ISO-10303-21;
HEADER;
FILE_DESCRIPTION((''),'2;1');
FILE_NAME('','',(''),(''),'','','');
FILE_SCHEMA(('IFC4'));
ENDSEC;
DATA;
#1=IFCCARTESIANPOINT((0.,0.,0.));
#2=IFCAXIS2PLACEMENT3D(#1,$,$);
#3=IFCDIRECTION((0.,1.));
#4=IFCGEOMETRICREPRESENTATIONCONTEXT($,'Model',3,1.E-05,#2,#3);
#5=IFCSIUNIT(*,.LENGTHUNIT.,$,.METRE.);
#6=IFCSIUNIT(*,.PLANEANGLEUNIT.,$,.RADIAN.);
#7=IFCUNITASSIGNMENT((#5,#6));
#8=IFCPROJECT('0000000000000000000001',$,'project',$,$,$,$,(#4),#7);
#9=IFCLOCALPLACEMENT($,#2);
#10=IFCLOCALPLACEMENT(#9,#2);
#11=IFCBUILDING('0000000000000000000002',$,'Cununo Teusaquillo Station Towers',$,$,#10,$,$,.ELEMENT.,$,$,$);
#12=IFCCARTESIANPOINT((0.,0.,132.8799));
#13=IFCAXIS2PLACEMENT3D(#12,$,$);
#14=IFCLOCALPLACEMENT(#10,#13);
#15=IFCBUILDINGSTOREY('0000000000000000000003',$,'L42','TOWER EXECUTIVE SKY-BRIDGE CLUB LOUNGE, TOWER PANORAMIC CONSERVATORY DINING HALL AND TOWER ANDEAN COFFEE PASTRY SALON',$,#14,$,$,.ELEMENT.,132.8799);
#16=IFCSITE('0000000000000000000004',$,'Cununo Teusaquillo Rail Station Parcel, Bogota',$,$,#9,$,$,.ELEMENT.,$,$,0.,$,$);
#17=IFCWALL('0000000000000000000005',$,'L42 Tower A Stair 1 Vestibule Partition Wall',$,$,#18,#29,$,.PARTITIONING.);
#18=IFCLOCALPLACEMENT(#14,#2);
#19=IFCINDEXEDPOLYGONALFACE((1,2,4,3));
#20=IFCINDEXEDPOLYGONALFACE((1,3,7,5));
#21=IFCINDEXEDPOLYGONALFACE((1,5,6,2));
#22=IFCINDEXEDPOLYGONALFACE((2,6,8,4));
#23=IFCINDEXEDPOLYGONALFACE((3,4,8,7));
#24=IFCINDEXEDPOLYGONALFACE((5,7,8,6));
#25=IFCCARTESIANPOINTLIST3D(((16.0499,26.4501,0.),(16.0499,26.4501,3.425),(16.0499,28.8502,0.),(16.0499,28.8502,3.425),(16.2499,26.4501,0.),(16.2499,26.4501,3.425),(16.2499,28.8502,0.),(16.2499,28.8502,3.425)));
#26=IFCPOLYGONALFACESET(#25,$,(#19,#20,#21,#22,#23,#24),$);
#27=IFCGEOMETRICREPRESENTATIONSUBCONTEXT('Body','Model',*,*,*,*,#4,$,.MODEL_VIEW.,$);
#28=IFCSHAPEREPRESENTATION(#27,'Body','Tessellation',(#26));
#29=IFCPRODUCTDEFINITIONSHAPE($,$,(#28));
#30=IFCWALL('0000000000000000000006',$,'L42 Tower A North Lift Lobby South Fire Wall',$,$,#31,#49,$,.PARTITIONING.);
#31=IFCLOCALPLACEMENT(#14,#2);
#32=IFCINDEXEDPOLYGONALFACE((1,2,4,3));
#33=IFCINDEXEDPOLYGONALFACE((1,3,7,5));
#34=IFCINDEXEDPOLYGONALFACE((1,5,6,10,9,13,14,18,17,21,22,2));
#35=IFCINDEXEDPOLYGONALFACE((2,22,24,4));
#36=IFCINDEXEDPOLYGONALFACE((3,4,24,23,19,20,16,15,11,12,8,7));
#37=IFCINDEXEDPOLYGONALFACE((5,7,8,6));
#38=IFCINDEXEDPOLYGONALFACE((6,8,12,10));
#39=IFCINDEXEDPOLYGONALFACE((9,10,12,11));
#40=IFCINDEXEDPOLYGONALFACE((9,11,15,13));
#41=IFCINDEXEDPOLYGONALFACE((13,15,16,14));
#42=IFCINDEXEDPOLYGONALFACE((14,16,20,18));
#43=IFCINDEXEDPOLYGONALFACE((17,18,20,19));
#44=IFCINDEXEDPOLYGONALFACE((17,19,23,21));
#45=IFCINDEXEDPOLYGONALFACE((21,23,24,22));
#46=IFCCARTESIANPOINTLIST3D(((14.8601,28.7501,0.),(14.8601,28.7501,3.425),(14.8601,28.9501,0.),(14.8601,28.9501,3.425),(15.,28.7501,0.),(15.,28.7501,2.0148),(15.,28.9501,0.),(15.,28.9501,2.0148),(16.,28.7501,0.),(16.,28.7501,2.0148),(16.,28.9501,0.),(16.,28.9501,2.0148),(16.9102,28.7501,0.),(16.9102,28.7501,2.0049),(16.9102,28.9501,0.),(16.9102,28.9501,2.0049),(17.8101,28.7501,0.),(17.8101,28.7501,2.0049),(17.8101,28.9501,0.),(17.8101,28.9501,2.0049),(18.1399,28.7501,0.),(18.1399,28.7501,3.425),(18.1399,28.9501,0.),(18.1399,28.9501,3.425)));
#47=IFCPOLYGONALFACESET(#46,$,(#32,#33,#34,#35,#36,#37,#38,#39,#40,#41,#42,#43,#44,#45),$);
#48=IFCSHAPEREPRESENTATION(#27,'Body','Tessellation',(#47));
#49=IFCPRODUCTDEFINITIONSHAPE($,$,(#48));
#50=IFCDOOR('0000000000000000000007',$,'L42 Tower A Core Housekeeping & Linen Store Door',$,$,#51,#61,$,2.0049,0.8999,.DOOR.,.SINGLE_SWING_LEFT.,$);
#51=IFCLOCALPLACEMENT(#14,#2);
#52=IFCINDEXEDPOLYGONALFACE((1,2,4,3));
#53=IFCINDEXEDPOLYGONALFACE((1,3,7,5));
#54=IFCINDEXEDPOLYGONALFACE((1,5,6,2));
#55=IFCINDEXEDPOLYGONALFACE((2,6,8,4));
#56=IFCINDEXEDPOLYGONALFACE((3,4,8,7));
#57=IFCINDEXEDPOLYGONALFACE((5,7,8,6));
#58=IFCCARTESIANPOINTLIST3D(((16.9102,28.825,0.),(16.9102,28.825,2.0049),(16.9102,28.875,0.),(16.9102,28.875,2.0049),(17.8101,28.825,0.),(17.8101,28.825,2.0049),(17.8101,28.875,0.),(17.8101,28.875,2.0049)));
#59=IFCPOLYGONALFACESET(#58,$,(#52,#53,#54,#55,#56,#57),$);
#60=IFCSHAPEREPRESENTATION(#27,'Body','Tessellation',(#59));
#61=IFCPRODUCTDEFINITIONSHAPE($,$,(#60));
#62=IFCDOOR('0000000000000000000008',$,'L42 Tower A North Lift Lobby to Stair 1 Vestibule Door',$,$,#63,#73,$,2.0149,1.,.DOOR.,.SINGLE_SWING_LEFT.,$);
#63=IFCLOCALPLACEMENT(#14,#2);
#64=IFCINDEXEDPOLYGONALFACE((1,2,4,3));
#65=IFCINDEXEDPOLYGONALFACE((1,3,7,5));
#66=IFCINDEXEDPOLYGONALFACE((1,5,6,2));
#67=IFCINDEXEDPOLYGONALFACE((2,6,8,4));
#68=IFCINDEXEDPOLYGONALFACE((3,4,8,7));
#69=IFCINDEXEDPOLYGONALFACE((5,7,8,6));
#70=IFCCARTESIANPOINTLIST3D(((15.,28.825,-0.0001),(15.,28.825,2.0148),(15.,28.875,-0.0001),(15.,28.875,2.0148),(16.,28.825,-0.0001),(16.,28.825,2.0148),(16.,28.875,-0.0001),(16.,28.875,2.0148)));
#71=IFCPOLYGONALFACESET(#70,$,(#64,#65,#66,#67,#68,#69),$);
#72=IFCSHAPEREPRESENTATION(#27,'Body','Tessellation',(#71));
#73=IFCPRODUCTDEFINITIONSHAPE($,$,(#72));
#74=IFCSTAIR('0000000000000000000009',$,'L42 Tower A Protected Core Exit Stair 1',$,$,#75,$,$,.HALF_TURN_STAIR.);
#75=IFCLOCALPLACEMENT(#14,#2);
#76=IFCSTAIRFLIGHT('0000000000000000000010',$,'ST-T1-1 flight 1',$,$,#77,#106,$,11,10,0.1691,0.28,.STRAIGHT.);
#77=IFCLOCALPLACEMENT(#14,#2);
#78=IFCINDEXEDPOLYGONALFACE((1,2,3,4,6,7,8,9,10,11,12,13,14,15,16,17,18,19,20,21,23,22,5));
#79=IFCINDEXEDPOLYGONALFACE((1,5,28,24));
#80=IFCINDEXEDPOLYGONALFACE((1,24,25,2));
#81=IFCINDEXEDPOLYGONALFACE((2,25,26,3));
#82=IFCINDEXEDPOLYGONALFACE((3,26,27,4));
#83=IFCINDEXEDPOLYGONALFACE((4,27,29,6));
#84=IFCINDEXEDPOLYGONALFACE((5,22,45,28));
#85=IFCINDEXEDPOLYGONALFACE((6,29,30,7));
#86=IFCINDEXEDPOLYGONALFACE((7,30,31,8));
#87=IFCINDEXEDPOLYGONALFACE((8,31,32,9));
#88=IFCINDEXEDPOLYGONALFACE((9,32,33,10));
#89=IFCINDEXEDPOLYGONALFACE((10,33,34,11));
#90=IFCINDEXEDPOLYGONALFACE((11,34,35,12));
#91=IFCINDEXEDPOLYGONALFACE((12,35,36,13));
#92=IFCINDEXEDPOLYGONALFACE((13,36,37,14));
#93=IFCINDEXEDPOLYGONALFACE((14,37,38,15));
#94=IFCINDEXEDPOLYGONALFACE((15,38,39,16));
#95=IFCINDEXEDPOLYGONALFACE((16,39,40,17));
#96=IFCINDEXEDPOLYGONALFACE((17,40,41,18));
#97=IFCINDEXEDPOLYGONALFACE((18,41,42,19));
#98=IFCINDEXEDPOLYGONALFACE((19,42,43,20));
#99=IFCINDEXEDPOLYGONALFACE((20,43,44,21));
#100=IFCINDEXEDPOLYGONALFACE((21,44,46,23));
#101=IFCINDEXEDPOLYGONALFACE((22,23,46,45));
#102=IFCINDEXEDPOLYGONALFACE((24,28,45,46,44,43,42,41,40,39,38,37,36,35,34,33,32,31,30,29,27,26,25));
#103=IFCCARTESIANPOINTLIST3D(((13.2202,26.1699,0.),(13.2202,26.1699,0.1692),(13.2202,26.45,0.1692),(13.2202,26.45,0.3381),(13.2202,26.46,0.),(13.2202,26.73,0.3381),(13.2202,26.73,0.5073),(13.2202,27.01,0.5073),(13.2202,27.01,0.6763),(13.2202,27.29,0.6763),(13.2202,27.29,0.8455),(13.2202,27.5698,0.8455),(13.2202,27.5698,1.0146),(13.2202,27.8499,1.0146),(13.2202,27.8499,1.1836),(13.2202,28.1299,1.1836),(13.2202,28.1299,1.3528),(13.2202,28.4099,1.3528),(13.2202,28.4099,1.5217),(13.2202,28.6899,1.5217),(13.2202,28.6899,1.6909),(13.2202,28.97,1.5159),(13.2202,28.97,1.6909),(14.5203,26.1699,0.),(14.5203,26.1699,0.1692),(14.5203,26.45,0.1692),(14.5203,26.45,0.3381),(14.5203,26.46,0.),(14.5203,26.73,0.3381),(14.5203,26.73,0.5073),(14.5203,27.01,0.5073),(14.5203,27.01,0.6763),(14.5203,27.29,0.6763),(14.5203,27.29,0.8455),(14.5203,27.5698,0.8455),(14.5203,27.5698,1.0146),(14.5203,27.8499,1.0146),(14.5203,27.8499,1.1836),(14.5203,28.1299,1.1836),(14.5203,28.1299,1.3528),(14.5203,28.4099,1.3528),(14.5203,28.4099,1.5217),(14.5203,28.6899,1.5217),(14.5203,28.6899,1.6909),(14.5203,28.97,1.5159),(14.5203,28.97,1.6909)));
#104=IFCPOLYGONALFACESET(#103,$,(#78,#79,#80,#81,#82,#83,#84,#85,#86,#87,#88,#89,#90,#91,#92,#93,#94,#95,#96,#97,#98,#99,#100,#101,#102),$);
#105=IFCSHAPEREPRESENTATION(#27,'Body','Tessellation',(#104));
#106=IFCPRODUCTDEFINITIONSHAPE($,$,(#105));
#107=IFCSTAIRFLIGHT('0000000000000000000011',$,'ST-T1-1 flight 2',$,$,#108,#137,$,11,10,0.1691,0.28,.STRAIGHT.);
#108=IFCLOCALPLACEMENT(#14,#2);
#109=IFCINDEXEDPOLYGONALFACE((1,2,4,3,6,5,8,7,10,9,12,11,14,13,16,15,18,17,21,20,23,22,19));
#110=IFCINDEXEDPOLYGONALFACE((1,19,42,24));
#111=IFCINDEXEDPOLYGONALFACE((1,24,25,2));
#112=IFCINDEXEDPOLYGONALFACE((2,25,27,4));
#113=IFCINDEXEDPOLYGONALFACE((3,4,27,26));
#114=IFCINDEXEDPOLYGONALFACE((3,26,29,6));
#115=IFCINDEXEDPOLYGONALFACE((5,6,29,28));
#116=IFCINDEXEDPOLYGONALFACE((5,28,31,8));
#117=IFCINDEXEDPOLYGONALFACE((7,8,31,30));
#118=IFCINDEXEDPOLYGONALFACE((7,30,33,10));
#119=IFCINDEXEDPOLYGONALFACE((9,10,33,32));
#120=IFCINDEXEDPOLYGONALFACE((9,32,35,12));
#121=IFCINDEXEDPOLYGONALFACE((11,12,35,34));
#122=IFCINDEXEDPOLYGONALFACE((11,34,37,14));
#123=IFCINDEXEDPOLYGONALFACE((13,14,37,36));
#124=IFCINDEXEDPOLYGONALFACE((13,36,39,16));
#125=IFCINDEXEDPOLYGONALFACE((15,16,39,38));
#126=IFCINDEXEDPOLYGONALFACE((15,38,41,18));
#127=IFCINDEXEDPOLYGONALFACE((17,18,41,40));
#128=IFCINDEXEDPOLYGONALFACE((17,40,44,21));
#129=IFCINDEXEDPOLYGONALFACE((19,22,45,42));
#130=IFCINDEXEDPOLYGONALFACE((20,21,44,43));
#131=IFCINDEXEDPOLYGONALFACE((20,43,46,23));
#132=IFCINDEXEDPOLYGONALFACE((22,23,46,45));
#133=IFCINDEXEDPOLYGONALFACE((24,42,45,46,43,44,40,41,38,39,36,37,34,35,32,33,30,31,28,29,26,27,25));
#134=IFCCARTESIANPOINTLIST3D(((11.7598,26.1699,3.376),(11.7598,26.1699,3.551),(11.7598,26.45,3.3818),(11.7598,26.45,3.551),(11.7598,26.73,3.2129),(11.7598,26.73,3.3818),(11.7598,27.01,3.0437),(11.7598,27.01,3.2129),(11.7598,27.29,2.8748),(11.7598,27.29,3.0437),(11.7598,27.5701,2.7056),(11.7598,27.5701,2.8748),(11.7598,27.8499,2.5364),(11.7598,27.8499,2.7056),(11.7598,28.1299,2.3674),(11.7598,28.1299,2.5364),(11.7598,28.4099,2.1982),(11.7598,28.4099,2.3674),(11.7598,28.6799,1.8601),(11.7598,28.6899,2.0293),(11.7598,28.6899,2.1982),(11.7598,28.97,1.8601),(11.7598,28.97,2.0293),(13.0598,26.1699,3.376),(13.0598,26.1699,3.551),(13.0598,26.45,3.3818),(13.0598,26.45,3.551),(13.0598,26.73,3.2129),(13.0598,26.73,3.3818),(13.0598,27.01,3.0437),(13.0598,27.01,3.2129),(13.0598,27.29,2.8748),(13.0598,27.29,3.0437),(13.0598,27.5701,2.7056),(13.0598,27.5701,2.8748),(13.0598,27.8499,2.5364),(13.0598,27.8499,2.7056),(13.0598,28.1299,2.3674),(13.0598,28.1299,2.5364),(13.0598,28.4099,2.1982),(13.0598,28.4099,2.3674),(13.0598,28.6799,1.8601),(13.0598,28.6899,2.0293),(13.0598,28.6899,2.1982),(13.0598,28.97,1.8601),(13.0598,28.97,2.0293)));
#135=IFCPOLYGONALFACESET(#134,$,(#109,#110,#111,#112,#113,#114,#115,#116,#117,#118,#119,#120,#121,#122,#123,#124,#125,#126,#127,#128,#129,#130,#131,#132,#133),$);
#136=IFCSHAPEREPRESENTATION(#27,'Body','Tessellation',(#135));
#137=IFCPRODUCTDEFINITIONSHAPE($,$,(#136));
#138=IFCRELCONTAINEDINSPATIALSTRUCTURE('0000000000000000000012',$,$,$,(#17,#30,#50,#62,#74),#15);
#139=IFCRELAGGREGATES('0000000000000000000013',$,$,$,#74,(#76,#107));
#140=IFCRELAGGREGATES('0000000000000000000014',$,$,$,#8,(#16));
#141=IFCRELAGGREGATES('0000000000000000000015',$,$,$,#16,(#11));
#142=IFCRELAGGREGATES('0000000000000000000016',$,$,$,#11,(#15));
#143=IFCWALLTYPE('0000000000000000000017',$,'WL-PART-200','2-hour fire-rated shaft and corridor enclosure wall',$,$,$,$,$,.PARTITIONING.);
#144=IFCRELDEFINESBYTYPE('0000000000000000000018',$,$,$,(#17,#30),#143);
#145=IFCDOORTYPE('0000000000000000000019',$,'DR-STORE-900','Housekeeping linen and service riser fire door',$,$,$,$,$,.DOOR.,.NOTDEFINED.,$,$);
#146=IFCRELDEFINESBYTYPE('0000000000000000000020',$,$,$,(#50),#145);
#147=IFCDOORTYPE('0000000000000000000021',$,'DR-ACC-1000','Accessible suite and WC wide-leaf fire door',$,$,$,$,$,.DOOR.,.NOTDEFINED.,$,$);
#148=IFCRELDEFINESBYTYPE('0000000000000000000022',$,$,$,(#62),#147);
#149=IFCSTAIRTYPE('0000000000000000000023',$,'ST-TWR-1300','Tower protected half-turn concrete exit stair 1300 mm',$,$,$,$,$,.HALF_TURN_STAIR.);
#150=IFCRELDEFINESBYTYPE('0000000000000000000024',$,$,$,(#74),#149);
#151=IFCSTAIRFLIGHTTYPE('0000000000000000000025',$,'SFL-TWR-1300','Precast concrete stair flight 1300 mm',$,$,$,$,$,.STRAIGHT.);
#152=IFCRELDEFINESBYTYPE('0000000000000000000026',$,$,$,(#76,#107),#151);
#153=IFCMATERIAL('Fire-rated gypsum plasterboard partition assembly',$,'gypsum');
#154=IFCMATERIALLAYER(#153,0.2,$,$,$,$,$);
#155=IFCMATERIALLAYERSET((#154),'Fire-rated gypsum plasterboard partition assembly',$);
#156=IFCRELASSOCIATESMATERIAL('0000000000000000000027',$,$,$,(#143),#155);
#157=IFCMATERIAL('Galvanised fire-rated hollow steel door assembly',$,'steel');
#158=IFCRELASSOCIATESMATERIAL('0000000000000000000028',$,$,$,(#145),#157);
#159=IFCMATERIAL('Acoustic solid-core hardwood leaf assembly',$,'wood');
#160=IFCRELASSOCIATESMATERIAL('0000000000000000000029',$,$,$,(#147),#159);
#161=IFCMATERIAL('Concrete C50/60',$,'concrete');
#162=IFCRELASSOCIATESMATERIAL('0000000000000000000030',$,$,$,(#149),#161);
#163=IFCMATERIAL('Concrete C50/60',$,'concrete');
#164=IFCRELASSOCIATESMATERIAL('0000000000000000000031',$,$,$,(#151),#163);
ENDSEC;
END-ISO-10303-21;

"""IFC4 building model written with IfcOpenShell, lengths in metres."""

from ifc_helpers import new_model, si_unit, direction, frame, frame_2d, origin, place, context, subcontext, project, spatial, polyline, rectangle, outline, extrude, source, transform, mapped, material, layer, layer_set, type_object, element, fill, aggregate, save


model = new_model("IFC4")

# Units and contexts
model_context = context("Model", 3, precision=1e-05, world=origin(), true_north=direction((0.0, 1.0)))
body_context = subcontext(model_context, "Body", "Model", "MODEL_VIEW")
ifc_project = project(units=[si_unit("LENGTHUNIT", "METRE"), si_unit("PLANEANGLEUNIT", "RADIAN")], contexts=[model_context])

# Site, building, storey
site_placement = place(None, origin())
site = spatial("IfcSite", under=ifc_project, at=site_placement, Name="Cununo Teusaquillo Rail Station Parcel, Bogota", CompositionType="ELEMENT", RefElevation=0.0)
building_placement = place(site_placement, origin())
building = spatial("IfcBuilding", under=site, at=building_placement, Name="Cununo Teusaquillo Station Towers", CompositionType="ELEMENT")
storey_placement = place(building_placement, frame((0.0, 0.0, 132.8799)))
storey = spatial("IfcBuildingStorey", under=building, at=storey_placement, Name="L42", Description="TOWER EXECUTIVE SKY-BRIDGE CLUB LOUNGE, TOWER PANORAMIC CONSERVATORY DINING HALL AND TOWER ANDEAN COFFEE PASTRY SALON", CompositionType="ELEMENT", Elevation=132.8799)

# Shared definitions
ifc_material_1 = material(Name="Fire-rated gypsum plasterboard partition assembly", Category="gypsum")
ifc_layer_1 = layer(ifc_material_1, 0.2)
ifc_layer_set_1 = layer_set([ifc_layer_1], Name="Fire-rated gypsum plasterboard partition assembly")
wall_type_1 = type_object("IfcWallType", Name="WL-PART-200", Description="2-hour fire-rated shaft and corridor enclosure wall", PredefinedType="PARTITIONING", material=ifc_layer_set_1)
shared_shape_1 = source(origin(), body_context, "Body", "SweptSolid", [
    extrude(rectangle(XDim=0.8999, YDim=2.0049, at=frame_2d((0.45, 1.0024))), frame((0.0, 0.1099, 0.0), z_axis=(0.0, -1.0, 0.0), x_axis=(1.0, 0.0, 0.0)), (0.0, 0.0, 1.0), 0.22),
])
ifc_material_2 = material(Name="Galvanised fire-rated hollow steel door assembly", Category="steel")
door_type_1 = type_object("IfcDoorType", Name="DR-STORE-900", Description="Housekeeping linen and service riser fire door", OperationType="NOTDEFINED", PredefinedType="DOOR", material=ifc_material_2)
shared_shape_2 = source(origin(), body_context, "Body", "SweptSolid", [
    extrude(rectangle(XDim=0.8999, YDim=2.0049, at=frame_2d((0.45, 1.0024))), frame((0.0, 0.0249, 0.0), z_axis=(0.0, -1.0, 0.0), x_axis=(1.0, 0.0, 0.0)), (0.0, 0.0, 1.0), 0.05),
])

# Wall
wall_1_placement = place(storey_placement, frame((16.1499, 26.45, 0.0), z_axis=(0.0, 0.0, 1.0), x_axis=(0.0, 1.0, 0.0)))
element("IfcWall", 1, at=wall_1_placement, inside=storey, type_object=wall_type_1, Name="L42 Tower A Stair 1 Vestibule Partition Wall", PredefinedType="PARTITIONING", context=body_context, shape_type="SweptSolid", body=[
    extrude(rectangle(XDim=2.4001, YDim=0.2, at=frame_2d((1.2002, 0.0))), origin(), (0.0, 0.0, 1.0), 3.425),
])

# Wall, openings, doors
wall_2_placement = place(storey_placement, frame((14.8601, 28.8501, 0.0), z_axis=(0.0, 0.0, 1.0), x_axis=(1.0, 0.0, 0.0)))
wall_2 = element("IfcWall", 2, at=wall_2_placement, inside=storey, type_object=wall_type_1, Name="L42 Tower A North Lift Lobby South Fire Wall", PredefinedType="PARTITIONING", context=body_context, shape_type="SweptSolid", body=[
    extrude(rectangle(XDim=3.2798, YDim=0.2, at=frame_2d((1.6399, 0.0))), origin(), (0.0, 0.0, 1.0), 3.425),
])
shared_shape_3 = source(origin(), body_context, "Body", "SweptSolid", [
    extrude(rectangle(XDim=1.0, YDim=2.0149, at=frame_2d((0.5, 1.0073))), frame((0.0, 0.1099, 0.0), z_axis=(0.0, -1.0, 0.0), x_axis=(1.0, 0.0, 0.0)), (0.0, 0.0, 1.0), 0.22),
])
opening_1_placement = place(wall_2_placement, frame((0.1399, 0.0, 0.0)))
opening_1 = element("IfcOpeningElement", 3, at=opening_1_placement, cuts=wall_2, PredefinedType="OPENING", context=body_context, shape_type="MappedRepresentation", body=[
    mapped(shared_shape_3, transform((0.0, 0.0, 0.0), x_axis=(1.0, 0.0, 0.0), y_axis=(0.0, 1.0, 0.0), z_axis=(0.0, 0.0, 1.0), scale=1.0)),
])
opening_2_placement = place(wall_2_placement, frame((2.05, 0.0, 0.0)))
opening_2 = element("IfcOpeningElement", 4, at=opening_2_placement, cuts=wall_2, PredefinedType="OPENING", context=body_context, shape_type="MappedRepresentation", body=[
    mapped(shared_shape_1, transform((0.0, 0.0, 0.0), x_axis=(1.0, 0.0, 0.0), y_axis=(0.0, 1.0, 0.0), z_axis=(0.0, 0.0, 1.0), scale=1.0)),
])
door_1_placement = place(opening_2_placement, origin())
door_1 = element("IfcDoor", 5, at=door_1_placement, inside=storey, type_object=door_type_1, Name="L42 Tower A Core Housekeeping & Linen Store Door", OperationType="SINGLE_SWING_LEFT", OverallHeight=2.0049, OverallWidth=0.8999, PredefinedType="DOOR", context=body_context, shape_type="MappedRepresentation", body=[
    mapped(shared_shape_2, transform((0.0, 0.0, 0.0), x_axis=(1.0, 0.0, 0.0), y_axis=(0.0, 1.0, 0.0), z_axis=(0.0, 0.0, 1.0), scale=1.0)),
])
fill(opening_2, door_1)
ifc_material_3 = material(Name="Acoustic solid-core hardwood leaf assembly", Category="wood")
door_type_2 = type_object("IfcDoorType", Name="DR-ACC-1000", Description="Accessible suite and WC wide-leaf fire door", OperationType="NOTDEFINED", PredefinedType="DOOR", material=ifc_material_3)
shared_shape_4 = source(origin(), body_context, "Body", "SweptSolid", [
    extrude(rectangle(XDim=1.0, YDim=2.0149, at=frame_2d((0.5, 1.0073))), frame((0.0, 0.0249, 0.0), z_axis=(0.0, -1.0, 0.0), x_axis=(1.0, 0.0, 0.0)), (0.0, 0.0, 1.0), 0.05),
])
door_2_placement = place(opening_1_placement, origin())
door_2 = element("IfcDoor", 6, at=door_2_placement, inside=storey, type_object=door_type_2, Name="L42 Tower A North Lift Lobby to Stair 1 Vestibule Door", OperationType="SINGLE_SWING_LEFT", OverallHeight=2.0149, OverallWidth=1.0, PredefinedType="DOOR", context=body_context, shape_type="MappedRepresentation", body=[
    mapped(shared_shape_4, transform((0.0, 0.0, 0.0), x_axis=(1.0, 0.0, 0.0), y_axis=(0.0, 1.0, 0.0), z_axis=(0.0, 0.0, 1.0), scale=1.0)),
])
fill(opening_1, door_2)

# Stair, stair flights
ifc_material_4 = material(Name="Concrete C50/60", Category="concrete")
stair_type = type_object("IfcStairType", Name="ST-TWR-1300", Description="Tower protected half-turn concrete exit stair 1300 mm", PredefinedType="HALF_TURN_STAIR", material=ifc_material_4)
stair_placement = place(storey_placement, origin())
stair = element("IfcStair", 7, at=stair_placement, inside=storey, type_object=stair_type, Name="L42 Tower A Protected Core Exit Stair 1", PredefinedType="HALF_TURN_STAIR")
ifc_material_5 = material(Name="Concrete C50/60", Category="concrete")
stair_flight_type = type_object("IfcStairFlightType", Name="SFL-TWR-1300", Description="Precast concrete stair flight 1300 mm", PredefinedType="STRAIGHT", material=ifc_material_5)
stair_flight_1_placement = place(storey_placement, frame((13.8701, 26.1699, 0.0), z_axis=(0.0, 0.0, 1.0), x_axis=(0.0, 1.0, 0.0)))
stair_flight_1 = element("IfcStairFlight", 8, at=stair_flight_1_placement, type_object=stair_flight_type, Name="ST-T1-1 flight 1", NumberOfRisers=11, NumberOfTreads=10, PredefinedType="STRAIGHT", RiserHeight=0.1691, TreadLength=0.28, context=body_context, shape_type="SweptSolid", body=[
    extrude(outline(polyline([(0.0, 0.0), (0.0, 0.1692), (0.28, 0.1692), (0.28, 0.3381), (0.5601, 0.3381), (0.5601, 0.5073), (0.8401, 0.5073), (0.8401, 0.6763), (1.1201, 0.6763), (1.1201, 0.8455), (1.3999, 0.8455), (1.3999, 1.0146), (1.6799, 1.0146), (1.6799, 1.1836), (1.96, 1.1836), (1.96, 1.3528), (2.24, 1.3528), (2.24, 1.5217), (2.52, 1.5217), (2.52, 1.6909), (2.8, 1.6909), (2.8, 1.8601), (2.8, 1.5159), (0.29, 0.0), (0.0, 0.0)])), frame((0.0, 0.6499, 0.0), z_axis=(0.0, -1.0, 0.0), x_axis=(1.0, 0.0, 0.0)), (0.0, 0.0, 1.0), 1.3),
])
stair_flight_2_placement = place(storey_placement, frame((12.4099, 28.97, 1.8601), z_axis=(0.0, 0.0, 1.0), x_axis=(0.0, -1.0, 0.0)))
stair_flight_2 = element("IfcStairFlight", 9, at=stair_flight_2_placement, type_object=stair_flight_type, Name="ST-T1-1 flight 2", NumberOfRisers=11, NumberOfTreads=10, PredefinedType="STRAIGHT", RiserHeight=0.1691, TreadLength=0.28, context=body_context, shape_type="SweptSolid", body=[
    extrude(outline(polyline([(0.0, 0.0), (0.0, 0.1692), (0.28, 0.1692), (0.28, 0.3381), (0.5601, 0.3381), (0.5601, 0.5073), (0.8401, 0.5073), (0.8401, 0.6763), (1.1201, 0.6763), (1.1201, 0.8455), (1.3999, 0.8455), (1.3999, 1.0146), (1.6799, 1.0146), (1.6799, 1.1836), (1.96, 1.1836), (1.96, 1.3528), (2.24, 1.3528), (2.24, 1.5217), (2.52, 1.5217), (2.52, 1.6909), (2.8, 1.6909), (2.8, 1.8601), (2.8, 1.5159), (0.29, 0.0), (0.0, 0.0)])), frame((0.0, 0.6499, 0.0), z_axis=(0.0, -1.0, 0.0), x_axis=(1.0, 0.0, 0.0)), (0.0, 0.0, 1.0), 1.3),
])
aggregate(stair, [stair_flight_1, stair_flight_2])

save(model, "model.ifc")
